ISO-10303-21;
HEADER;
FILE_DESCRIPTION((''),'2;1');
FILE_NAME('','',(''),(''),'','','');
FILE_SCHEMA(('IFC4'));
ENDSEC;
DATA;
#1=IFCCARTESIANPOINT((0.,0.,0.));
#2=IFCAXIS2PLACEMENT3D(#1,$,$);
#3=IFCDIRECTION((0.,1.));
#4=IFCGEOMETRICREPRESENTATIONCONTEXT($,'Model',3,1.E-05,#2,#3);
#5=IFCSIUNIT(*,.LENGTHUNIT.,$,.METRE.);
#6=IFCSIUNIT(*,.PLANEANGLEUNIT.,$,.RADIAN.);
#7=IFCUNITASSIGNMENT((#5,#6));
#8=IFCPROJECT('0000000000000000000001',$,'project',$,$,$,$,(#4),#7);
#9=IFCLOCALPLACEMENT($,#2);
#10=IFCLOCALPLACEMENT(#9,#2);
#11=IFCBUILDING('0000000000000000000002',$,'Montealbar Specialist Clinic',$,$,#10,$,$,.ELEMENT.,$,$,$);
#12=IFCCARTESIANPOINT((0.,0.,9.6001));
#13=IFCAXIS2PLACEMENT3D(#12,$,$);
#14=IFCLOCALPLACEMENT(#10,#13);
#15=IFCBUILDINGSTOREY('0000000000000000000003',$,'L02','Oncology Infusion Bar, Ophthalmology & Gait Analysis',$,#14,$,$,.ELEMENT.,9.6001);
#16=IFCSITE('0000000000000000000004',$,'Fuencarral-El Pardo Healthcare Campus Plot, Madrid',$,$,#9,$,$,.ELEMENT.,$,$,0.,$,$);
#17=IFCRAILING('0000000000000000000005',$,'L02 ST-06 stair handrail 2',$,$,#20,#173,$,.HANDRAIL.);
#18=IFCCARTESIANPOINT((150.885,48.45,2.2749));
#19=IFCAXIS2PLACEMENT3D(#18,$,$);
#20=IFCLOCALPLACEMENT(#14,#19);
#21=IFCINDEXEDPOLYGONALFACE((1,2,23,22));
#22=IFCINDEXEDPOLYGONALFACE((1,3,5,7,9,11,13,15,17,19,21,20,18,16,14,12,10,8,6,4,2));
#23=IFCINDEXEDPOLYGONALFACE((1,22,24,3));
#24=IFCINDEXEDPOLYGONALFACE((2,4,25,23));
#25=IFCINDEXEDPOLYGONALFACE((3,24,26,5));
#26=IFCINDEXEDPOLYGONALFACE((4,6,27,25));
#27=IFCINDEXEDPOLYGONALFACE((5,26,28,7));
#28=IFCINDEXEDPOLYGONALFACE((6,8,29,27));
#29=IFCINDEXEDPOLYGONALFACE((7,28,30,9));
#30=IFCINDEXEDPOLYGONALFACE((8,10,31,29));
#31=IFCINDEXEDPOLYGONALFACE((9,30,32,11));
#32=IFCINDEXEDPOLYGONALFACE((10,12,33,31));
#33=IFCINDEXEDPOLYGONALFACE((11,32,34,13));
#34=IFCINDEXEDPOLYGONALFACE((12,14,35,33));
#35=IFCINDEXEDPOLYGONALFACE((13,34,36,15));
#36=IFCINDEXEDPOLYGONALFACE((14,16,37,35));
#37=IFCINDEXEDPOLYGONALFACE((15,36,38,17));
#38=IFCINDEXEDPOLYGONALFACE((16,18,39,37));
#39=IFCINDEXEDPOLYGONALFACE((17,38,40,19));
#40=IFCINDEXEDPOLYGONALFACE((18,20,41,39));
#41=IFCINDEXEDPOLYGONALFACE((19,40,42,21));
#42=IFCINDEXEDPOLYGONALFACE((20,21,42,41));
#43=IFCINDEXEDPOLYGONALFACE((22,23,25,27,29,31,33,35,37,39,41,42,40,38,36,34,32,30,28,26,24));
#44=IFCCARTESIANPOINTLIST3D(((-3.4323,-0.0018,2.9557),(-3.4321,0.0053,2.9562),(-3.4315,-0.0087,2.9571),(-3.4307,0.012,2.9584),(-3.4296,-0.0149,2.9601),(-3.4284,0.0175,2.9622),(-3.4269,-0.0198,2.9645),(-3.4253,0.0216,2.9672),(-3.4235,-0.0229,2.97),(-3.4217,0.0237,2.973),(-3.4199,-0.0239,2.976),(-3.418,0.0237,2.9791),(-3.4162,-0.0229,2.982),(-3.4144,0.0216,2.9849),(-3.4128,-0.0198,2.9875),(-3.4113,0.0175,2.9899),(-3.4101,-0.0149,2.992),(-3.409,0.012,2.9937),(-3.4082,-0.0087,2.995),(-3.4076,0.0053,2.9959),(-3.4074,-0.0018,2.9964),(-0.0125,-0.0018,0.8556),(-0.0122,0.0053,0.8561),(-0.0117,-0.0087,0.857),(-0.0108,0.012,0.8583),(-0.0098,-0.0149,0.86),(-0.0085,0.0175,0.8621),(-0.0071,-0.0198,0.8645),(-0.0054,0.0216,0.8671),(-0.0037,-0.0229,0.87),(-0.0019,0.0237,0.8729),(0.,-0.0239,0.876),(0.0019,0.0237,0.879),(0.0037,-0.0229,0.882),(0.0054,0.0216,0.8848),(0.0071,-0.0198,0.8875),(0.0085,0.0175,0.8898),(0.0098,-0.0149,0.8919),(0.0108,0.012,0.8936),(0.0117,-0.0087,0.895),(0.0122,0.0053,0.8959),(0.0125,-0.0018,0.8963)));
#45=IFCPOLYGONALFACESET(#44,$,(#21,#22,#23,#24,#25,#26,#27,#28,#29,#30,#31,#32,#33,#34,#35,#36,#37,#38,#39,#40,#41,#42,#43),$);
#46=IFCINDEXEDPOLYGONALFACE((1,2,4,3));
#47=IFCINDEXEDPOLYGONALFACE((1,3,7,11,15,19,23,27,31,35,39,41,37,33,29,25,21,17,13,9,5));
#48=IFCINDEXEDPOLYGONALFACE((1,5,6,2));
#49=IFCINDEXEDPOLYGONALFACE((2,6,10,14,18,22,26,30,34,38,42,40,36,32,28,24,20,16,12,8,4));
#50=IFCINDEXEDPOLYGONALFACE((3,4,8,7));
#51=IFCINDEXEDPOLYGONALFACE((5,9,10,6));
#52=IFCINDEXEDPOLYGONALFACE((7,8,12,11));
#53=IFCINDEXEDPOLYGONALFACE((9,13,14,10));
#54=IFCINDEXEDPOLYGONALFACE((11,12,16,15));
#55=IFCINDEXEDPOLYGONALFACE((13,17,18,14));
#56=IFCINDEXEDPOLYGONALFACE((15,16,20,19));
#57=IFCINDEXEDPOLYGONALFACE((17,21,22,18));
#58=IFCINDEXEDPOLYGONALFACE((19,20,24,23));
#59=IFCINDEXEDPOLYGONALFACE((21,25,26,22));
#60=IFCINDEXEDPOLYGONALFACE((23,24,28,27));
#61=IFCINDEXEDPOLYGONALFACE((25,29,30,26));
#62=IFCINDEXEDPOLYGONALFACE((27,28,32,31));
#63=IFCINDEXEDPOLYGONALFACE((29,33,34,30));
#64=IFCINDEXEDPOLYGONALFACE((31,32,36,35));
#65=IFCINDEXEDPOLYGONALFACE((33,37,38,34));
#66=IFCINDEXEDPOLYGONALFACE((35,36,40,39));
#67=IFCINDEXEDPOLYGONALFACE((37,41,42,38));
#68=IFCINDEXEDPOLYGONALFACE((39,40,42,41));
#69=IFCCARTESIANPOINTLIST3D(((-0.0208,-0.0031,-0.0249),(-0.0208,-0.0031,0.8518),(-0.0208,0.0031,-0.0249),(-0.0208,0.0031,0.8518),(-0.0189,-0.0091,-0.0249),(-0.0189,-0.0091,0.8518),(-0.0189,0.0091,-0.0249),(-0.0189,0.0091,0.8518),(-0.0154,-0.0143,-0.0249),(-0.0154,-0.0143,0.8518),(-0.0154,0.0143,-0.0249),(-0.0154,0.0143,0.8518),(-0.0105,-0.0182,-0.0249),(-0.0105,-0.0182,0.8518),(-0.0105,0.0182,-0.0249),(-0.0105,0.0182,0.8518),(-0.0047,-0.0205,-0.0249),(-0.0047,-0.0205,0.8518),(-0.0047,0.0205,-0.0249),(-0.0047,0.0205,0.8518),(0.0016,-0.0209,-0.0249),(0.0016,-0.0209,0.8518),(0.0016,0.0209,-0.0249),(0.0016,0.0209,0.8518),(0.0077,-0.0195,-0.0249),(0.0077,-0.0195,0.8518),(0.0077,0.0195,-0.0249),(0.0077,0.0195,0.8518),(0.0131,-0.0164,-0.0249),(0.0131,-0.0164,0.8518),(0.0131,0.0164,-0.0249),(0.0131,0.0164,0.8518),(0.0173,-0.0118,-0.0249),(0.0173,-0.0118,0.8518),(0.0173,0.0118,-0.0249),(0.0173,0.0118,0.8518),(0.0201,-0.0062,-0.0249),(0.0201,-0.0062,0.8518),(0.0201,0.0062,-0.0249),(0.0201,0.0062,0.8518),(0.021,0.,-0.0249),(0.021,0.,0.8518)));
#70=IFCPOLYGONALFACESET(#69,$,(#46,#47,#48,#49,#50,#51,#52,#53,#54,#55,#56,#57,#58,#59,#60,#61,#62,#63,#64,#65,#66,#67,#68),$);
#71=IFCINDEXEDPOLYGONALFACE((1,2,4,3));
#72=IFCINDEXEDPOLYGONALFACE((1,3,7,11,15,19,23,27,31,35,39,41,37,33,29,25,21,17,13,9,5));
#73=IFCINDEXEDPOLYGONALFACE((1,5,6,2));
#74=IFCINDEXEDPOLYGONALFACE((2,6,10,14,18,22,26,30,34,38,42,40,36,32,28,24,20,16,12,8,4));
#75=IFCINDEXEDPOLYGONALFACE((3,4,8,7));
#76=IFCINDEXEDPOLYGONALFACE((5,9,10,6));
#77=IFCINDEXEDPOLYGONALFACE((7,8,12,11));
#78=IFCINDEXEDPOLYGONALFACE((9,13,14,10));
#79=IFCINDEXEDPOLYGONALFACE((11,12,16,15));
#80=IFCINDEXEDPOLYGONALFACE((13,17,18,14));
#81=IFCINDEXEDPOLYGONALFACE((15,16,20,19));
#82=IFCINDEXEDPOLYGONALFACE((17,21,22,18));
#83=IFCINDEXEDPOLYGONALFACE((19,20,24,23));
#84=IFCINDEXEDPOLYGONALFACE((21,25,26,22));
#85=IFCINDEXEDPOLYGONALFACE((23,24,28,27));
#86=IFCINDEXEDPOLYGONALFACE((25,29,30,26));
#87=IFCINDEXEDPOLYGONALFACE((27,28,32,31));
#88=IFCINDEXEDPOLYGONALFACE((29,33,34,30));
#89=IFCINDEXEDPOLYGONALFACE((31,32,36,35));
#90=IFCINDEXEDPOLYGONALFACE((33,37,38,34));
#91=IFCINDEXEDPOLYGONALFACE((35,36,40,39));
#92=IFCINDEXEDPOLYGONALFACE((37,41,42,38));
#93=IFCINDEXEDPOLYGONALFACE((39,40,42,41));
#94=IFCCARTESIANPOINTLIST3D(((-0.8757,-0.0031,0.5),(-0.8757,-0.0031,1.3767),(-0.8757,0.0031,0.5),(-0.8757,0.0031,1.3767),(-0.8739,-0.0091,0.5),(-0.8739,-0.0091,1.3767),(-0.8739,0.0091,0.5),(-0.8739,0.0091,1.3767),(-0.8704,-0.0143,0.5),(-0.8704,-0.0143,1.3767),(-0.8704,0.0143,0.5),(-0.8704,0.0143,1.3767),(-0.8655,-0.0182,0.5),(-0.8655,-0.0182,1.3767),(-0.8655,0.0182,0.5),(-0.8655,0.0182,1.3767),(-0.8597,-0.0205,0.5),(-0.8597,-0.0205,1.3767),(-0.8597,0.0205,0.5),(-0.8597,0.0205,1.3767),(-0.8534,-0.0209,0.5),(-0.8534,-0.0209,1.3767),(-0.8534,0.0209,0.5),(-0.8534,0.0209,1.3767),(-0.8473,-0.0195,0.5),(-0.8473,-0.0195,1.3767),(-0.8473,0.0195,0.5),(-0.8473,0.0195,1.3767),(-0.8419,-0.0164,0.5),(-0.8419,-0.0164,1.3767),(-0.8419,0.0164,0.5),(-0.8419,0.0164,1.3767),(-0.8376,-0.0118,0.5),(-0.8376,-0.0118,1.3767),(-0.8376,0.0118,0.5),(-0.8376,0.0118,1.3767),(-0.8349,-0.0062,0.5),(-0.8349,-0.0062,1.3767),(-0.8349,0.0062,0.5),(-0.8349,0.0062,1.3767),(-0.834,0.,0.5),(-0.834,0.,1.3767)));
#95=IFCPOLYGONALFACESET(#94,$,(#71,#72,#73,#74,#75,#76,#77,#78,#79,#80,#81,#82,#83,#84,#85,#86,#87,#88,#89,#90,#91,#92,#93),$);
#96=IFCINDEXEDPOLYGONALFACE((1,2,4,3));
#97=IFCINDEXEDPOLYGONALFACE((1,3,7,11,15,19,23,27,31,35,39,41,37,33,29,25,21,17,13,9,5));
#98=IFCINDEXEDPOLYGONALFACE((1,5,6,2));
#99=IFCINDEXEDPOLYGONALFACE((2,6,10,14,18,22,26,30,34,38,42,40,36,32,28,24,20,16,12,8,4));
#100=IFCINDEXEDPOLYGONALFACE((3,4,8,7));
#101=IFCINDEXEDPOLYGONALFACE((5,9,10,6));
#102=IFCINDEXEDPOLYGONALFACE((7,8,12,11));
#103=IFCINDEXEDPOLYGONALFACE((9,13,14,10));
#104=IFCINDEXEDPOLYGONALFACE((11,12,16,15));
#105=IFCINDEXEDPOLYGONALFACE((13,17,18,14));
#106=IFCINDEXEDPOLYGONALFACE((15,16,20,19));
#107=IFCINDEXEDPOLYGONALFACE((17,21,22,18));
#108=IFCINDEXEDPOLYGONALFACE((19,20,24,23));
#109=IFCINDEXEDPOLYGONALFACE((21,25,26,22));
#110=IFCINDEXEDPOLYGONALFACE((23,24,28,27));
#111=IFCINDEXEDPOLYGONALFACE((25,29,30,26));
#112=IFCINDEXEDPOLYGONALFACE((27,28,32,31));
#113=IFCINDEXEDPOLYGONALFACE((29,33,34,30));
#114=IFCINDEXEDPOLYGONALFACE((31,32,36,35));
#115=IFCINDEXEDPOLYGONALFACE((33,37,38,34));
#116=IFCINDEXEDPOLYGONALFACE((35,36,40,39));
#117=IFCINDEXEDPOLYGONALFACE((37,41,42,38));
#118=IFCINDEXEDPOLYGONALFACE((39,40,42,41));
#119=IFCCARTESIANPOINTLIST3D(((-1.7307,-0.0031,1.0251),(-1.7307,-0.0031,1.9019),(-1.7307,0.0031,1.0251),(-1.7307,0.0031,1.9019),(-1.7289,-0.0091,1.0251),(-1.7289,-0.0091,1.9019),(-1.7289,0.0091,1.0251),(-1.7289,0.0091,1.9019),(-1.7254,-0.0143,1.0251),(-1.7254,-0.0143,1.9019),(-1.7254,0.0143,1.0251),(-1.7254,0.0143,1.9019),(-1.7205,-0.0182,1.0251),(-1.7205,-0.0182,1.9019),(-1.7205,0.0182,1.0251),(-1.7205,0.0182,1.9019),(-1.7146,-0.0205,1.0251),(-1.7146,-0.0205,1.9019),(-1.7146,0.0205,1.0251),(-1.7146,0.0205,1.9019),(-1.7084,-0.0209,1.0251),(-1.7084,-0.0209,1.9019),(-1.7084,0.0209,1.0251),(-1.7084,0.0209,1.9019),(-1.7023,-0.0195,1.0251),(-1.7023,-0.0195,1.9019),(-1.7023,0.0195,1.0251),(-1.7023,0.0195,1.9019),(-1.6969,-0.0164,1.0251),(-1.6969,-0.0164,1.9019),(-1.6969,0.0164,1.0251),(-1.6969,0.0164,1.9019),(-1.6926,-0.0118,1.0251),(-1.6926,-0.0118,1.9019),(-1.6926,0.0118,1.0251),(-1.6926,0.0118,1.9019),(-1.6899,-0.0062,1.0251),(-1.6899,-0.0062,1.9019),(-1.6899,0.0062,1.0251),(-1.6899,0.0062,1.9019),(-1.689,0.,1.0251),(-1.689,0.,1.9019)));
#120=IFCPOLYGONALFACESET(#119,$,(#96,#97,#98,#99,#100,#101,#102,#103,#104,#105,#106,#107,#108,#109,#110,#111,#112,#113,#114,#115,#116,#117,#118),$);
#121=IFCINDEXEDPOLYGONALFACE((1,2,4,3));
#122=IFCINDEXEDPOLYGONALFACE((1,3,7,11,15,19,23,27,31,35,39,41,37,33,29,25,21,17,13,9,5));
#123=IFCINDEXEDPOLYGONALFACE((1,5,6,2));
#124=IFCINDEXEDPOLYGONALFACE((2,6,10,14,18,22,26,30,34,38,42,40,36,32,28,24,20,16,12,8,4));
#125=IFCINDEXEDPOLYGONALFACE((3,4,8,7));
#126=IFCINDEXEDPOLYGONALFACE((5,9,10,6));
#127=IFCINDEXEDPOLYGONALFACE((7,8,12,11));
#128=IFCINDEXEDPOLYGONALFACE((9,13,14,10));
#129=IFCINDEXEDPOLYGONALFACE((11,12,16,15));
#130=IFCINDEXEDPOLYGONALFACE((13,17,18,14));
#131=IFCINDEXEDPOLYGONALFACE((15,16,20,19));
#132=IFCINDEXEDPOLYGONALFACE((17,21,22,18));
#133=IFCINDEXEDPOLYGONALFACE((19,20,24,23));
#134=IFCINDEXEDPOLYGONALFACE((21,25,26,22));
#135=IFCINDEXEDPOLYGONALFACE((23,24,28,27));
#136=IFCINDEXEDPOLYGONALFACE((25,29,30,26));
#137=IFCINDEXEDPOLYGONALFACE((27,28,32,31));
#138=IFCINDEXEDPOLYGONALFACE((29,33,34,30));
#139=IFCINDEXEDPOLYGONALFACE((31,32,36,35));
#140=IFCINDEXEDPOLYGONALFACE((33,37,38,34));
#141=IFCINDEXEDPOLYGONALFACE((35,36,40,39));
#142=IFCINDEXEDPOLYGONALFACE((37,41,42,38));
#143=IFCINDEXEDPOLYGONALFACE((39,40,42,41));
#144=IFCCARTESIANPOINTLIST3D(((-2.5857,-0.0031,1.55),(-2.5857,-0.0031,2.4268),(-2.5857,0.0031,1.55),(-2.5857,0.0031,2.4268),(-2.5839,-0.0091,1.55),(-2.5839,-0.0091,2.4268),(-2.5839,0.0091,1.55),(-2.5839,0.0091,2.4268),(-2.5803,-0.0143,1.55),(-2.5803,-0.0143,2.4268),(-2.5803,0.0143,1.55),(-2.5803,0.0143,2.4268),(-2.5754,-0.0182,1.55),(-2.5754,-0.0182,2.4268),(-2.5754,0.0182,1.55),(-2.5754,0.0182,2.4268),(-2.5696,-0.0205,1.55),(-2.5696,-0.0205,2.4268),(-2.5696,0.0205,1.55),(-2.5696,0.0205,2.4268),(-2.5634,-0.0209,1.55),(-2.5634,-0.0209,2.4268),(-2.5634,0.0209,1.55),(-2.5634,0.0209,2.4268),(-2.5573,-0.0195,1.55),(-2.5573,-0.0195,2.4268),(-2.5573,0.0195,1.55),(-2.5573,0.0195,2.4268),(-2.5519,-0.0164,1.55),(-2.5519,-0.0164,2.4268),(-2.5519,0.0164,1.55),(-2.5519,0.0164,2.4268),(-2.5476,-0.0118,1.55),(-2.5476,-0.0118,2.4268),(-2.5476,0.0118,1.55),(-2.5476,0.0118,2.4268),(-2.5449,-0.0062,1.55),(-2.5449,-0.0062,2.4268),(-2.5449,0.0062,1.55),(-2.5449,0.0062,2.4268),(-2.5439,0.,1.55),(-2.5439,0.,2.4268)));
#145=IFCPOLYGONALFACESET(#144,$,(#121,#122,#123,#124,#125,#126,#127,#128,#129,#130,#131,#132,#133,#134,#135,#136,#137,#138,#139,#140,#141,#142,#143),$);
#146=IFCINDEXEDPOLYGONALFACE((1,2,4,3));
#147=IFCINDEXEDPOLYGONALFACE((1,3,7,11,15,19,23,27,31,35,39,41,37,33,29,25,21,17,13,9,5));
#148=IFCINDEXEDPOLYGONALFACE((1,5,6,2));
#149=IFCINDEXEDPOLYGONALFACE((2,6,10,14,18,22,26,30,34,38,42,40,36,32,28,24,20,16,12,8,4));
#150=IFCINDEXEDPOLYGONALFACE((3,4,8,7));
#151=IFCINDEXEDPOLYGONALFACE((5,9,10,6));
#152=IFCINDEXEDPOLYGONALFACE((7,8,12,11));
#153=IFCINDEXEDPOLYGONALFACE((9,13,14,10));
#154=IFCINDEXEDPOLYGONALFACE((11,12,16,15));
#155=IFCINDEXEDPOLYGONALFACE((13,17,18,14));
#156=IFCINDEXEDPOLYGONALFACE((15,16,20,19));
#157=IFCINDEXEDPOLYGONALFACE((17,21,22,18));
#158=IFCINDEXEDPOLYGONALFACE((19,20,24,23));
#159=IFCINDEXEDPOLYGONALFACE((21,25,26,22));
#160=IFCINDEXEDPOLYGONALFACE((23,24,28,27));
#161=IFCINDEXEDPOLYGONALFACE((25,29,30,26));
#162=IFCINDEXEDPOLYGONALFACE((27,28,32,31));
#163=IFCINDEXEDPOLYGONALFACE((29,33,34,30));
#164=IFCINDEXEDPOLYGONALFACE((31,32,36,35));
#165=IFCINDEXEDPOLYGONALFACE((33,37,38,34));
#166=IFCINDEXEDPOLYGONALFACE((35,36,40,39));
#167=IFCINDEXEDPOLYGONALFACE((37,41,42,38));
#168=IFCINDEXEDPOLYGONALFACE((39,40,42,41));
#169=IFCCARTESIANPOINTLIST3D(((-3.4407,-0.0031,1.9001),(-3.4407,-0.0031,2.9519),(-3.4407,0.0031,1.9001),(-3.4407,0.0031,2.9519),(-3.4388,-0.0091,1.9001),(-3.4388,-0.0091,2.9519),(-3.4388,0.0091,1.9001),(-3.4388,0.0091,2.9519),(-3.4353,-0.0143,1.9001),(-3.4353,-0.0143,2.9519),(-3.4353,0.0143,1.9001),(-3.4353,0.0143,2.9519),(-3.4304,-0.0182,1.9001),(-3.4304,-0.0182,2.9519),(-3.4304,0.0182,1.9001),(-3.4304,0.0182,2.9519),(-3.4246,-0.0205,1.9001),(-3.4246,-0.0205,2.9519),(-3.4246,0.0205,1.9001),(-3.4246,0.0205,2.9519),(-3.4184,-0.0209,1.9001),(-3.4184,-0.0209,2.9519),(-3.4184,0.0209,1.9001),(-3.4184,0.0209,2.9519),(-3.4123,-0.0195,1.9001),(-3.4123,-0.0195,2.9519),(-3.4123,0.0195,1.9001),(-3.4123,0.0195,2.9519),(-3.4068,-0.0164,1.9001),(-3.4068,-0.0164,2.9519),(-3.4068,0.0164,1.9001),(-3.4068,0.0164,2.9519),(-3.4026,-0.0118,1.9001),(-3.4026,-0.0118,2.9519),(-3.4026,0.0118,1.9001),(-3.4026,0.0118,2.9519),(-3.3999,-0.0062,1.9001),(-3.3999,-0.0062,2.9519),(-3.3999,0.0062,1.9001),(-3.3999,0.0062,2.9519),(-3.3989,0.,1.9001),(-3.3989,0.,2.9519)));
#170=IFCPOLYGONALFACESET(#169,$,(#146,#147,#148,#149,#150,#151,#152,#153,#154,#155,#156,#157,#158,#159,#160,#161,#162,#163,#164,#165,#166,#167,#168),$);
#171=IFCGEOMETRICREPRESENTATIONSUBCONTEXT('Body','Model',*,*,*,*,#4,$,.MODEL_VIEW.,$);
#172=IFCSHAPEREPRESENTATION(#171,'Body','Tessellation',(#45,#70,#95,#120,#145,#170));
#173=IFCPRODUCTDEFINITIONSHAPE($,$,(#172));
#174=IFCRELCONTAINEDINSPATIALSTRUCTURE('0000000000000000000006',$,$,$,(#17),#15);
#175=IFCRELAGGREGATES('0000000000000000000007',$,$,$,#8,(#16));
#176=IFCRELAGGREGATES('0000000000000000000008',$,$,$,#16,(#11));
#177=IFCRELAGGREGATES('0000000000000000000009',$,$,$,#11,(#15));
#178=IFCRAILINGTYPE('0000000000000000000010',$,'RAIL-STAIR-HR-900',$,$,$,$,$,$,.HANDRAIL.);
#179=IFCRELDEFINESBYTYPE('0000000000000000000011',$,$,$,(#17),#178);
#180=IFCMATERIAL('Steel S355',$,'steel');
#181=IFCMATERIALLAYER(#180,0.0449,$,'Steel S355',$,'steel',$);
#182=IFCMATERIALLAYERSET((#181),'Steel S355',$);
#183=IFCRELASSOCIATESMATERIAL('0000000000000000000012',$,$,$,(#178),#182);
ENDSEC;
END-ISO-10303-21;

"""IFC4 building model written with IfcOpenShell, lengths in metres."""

from ifc_helpers import new_model, si_unit, direction, frame, origin, origin_2d, place, context, subcontext, project, spatial, circle, extrude, material, layer, layer_set, type_object, element, save


model = new_model("IFC4")

# Units and contexts
model_context = context("Model", 3, precision=1e-05, world=origin(), true_north=direction((0.0, 1.0)))
body_context = subcontext(model_context, "Body", "Model", "MODEL_VIEW")
ifc_project = project(units=[si_unit("LENGTHUNIT", "METRE"), si_unit("PLANEANGLEUNIT", "RADIAN")], contexts=[model_context])

# Site, building, storey
site_placement = place(None, origin())
site = spatial("IfcSite", under=ifc_project, at=site_placement, Name="Fuencarral-El Pardo Healthcare Campus Plot, Madrid", CompositionType="ELEMENT", RefElevation=0.0)
building_placement = place(site_placement, origin())
building = spatial("IfcBuilding", under=site, at=building_placement, Name="Montealbar Specialist Clinic", CompositionType="ELEMENT")
storey_placement = place(building_placement, frame((0.0, 0.0, 9.6001)))
storey = spatial("IfcBuildingStorey", under=building, at=storey_placement, Name="L02", Description="Oncology Infusion Bar, Ophthalmology & Gait Analysis", CompositionType="ELEMENT", Elevation=9.6001)

# Shared definitions
ifc_material_1 = material(Name="Steel S355", Category="steel")

# Railing
ifc_layer_1 = layer(ifc_material_1, 0.0449, Name="Steel S355", Category="steel")
ifc_layer_set_1 = layer_set([ifc_layer_1], Name="Steel S355")
railing_type_1 = type_object("IfcRailingType", Name="RAIL-STAIR-HR-900", PredefinedType="HANDRAIL", material=ifc_layer_set_1)
railing_1_placement = place(storey_placement, frame((150.885, 48.45, 2.2749)))
element("IfcRailing", 1, at=railing_1_placement, inside=storey, type_object=railing_type_1, Name="L02 ST-06 stair handrail 2", PredefinedType="HANDRAIL", context=body_context, shape_type="SweptSolid", body=[
    extrude(circle(Radius=0.0239, at=origin_2d()), frame((0.0, 0.0, 0.876), z_axis=(-0.852155, 0.0, 0.523289), x_axis=(0.0, -1.0, 0.0)), (0.0, 0.0, 1.0), 4.0132),
    extrude(circle(Radius=0.021, at=origin_2d()), frame((0.0, 0.0, -0.0249)), (0.0, 0.0, 1.0), 0.8767),
    extrude(circle(Radius=0.021, at=origin_2d()), frame((-0.855, 0.0, 0.5)), (0.0, 0.0, 1.0), 0.8767),
    extrude(circle(Radius=0.021, at=origin_2d()), frame((-1.71, 0.0, 1.0251)), (0.0, 0.0, 1.0), 0.8767),
    extrude(circle(Radius=0.021, at=origin_2d()), frame((-2.5649, 0.0, 1.55)), (0.0, 0.0, 1.0), 0.8767),
    extrude(circle(Radius=0.021, at=origin_2d()), frame((-3.4199, 0.0, 1.9001)), (0.0, 0.0, 1.0), 1.0518),
])

save(model, "model.ifc")
